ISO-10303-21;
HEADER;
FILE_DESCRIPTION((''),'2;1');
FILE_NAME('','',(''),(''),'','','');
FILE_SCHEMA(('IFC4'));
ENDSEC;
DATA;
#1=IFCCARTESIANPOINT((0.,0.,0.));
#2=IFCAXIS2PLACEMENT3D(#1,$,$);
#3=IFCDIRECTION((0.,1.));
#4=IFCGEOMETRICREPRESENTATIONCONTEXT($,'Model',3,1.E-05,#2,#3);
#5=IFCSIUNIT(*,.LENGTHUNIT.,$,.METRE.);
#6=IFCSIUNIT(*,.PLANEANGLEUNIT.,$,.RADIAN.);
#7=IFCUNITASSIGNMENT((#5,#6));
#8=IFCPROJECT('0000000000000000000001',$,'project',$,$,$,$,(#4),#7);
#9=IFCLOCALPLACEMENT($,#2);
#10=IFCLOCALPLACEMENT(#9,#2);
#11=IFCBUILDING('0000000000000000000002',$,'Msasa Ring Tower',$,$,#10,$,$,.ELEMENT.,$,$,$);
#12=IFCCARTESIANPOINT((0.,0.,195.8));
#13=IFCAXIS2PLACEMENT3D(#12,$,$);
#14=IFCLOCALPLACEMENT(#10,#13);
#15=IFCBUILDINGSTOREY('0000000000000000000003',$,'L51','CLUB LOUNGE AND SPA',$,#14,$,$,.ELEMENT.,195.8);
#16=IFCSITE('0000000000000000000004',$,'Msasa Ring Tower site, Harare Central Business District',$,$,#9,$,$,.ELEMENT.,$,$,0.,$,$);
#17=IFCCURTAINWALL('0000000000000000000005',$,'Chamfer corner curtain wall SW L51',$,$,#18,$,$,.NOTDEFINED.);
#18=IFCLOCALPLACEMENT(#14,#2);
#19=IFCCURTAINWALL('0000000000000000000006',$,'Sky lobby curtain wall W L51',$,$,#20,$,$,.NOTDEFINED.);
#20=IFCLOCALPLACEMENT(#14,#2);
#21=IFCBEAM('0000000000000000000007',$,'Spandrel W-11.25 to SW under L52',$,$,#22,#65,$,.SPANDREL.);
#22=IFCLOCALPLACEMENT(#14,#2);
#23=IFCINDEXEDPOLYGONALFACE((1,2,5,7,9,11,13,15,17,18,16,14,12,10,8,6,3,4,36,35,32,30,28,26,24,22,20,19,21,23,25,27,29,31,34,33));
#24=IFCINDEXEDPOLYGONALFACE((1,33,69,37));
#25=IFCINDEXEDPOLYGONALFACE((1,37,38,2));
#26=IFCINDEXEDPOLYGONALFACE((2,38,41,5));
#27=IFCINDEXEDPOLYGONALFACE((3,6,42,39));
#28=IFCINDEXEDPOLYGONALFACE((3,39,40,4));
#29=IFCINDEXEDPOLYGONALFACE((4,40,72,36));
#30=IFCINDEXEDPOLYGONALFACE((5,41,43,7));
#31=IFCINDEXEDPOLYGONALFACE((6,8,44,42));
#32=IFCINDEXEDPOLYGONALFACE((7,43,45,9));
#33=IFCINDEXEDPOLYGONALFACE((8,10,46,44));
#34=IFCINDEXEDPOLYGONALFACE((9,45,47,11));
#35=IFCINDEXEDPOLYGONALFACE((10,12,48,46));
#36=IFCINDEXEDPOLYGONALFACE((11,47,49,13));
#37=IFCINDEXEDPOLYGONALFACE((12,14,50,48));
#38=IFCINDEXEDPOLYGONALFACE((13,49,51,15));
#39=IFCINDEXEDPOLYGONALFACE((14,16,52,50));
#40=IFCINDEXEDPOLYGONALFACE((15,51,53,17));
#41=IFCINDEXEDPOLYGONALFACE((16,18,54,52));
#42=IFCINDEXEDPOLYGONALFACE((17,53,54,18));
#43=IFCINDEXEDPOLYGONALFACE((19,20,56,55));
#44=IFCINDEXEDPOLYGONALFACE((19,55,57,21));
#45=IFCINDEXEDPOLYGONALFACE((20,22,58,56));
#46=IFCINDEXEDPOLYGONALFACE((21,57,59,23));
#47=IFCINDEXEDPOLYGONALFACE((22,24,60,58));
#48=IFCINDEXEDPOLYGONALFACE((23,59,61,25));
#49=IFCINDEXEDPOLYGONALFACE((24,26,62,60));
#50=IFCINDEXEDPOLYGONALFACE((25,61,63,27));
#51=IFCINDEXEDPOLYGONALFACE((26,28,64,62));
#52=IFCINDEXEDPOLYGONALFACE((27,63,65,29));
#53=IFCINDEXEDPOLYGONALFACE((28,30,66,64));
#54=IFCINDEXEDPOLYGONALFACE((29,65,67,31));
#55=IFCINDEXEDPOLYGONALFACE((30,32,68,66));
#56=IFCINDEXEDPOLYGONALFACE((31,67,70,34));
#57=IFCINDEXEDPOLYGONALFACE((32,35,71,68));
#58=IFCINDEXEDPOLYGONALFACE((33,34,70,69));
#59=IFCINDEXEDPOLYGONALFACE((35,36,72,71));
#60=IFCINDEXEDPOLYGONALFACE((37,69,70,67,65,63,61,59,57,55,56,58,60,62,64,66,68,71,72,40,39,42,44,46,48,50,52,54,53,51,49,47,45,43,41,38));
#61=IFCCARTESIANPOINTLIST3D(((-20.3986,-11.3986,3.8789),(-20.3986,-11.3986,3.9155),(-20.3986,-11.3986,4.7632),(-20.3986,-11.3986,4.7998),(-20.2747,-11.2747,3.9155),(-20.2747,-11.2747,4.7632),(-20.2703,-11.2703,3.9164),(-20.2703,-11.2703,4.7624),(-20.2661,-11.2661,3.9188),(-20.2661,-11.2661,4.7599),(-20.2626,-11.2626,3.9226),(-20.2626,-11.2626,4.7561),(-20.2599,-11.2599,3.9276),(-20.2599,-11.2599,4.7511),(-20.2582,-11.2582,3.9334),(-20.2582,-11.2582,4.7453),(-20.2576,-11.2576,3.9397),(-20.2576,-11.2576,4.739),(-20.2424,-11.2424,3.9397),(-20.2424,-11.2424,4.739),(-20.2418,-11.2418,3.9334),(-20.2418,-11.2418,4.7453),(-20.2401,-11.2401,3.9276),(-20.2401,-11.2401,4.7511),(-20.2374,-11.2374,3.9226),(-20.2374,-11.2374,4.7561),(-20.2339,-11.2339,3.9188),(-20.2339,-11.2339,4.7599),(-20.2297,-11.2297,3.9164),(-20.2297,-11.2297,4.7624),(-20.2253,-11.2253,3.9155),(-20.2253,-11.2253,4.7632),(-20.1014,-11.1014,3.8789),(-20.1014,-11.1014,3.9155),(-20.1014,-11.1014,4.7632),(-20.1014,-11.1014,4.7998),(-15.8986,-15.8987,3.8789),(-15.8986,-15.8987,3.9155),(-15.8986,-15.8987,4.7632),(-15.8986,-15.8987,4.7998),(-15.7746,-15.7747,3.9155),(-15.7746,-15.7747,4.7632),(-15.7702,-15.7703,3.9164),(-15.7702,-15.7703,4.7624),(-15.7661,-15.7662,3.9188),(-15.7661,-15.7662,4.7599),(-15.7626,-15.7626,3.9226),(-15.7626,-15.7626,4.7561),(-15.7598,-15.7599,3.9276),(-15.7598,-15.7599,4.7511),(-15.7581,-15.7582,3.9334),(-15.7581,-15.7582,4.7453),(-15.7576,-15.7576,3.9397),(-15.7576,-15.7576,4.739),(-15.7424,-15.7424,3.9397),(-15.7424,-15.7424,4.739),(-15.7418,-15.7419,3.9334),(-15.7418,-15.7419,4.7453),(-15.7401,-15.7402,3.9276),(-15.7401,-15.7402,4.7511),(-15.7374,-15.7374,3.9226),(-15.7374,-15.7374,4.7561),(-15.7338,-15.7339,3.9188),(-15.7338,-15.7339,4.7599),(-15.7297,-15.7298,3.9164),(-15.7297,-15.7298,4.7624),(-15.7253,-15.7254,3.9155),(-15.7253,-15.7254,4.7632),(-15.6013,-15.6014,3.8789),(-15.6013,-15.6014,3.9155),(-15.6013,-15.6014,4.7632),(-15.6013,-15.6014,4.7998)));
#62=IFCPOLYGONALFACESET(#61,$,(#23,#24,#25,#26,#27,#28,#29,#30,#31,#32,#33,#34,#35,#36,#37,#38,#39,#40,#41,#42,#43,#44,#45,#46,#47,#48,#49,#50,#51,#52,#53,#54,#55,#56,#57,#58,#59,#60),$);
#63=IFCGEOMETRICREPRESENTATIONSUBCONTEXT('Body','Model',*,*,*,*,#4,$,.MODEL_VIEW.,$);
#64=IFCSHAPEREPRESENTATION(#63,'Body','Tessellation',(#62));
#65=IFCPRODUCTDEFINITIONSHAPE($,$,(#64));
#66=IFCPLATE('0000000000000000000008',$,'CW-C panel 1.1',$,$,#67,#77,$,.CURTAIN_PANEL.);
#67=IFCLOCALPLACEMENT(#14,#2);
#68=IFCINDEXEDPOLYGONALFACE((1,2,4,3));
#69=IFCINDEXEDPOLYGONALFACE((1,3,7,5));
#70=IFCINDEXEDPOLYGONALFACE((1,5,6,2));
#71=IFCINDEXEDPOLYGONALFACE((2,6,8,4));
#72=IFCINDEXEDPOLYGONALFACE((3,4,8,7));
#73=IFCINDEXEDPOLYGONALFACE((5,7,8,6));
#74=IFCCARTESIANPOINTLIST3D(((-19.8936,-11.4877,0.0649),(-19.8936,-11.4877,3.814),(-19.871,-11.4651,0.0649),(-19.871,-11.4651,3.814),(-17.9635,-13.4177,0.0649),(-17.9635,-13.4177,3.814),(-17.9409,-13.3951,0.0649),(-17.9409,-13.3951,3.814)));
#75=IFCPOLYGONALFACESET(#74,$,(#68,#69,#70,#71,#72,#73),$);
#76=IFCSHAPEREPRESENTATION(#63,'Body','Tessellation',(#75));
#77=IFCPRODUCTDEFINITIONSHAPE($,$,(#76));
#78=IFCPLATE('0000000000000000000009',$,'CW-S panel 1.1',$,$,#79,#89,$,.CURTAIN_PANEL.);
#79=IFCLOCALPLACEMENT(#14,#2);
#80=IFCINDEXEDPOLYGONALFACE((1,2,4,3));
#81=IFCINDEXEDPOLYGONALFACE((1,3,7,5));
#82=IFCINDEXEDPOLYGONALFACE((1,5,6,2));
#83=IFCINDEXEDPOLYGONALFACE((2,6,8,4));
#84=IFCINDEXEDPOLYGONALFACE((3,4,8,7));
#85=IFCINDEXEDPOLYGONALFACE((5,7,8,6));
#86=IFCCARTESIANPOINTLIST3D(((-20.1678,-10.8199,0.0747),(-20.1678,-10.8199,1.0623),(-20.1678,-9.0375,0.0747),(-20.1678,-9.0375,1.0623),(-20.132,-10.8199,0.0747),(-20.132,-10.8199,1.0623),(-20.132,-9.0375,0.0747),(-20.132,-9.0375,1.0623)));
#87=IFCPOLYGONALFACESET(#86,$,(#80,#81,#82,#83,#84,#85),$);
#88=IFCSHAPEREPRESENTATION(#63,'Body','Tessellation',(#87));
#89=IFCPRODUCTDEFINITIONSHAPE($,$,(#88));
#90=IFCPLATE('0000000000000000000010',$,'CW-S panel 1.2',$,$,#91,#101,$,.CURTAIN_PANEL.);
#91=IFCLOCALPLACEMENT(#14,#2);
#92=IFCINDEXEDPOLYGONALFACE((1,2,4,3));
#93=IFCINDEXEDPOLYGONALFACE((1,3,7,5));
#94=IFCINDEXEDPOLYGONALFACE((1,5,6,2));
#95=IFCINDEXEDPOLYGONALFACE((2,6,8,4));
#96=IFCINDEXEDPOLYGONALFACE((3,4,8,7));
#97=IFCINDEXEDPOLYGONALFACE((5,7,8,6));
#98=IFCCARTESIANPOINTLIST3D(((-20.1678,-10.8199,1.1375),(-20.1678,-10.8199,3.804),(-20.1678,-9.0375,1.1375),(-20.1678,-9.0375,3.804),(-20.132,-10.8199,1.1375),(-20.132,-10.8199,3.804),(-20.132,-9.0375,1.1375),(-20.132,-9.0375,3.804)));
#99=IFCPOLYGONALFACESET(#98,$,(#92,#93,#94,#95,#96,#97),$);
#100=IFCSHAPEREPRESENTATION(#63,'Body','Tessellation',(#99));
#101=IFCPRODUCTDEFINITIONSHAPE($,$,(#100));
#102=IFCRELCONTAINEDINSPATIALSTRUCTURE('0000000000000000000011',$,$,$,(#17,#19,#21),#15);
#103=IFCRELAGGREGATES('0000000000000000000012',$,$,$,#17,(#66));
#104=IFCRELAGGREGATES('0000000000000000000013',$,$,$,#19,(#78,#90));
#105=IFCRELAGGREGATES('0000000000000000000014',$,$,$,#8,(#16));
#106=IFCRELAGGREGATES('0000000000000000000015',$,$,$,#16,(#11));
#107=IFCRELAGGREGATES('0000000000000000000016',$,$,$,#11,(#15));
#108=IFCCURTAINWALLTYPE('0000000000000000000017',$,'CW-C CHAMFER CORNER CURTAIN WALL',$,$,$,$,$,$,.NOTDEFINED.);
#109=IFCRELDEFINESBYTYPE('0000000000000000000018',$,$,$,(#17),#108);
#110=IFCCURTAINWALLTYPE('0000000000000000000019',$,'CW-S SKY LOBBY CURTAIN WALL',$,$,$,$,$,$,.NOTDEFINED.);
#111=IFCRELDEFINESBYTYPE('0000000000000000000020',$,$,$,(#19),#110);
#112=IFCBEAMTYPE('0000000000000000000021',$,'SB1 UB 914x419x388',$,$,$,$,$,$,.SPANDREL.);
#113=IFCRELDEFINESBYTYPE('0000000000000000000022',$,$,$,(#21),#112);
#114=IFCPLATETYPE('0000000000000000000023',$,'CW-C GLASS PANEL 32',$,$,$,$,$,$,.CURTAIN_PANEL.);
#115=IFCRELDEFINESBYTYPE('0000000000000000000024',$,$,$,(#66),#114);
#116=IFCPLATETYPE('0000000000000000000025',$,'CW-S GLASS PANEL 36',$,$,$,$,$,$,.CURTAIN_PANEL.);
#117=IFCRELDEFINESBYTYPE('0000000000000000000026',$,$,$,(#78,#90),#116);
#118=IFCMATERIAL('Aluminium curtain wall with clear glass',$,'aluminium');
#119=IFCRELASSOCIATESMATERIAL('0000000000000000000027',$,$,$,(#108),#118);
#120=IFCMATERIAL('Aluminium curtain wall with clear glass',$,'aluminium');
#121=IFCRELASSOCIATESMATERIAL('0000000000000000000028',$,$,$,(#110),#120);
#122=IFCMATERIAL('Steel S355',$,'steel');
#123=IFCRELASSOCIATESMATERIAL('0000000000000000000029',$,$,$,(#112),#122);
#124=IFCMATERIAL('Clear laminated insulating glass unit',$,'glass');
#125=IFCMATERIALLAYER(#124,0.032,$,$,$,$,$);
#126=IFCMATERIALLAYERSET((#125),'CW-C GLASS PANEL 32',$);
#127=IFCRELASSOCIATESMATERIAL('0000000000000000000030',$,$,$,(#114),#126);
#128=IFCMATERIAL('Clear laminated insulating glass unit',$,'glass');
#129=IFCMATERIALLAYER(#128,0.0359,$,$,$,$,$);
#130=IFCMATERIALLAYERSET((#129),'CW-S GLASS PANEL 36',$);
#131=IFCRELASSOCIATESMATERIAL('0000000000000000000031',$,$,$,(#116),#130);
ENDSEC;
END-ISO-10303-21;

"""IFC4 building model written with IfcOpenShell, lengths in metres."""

from ifc_helpers import new_model, si_unit, direction, frame, origin, origin_2d, place, context, subcontext, project, spatial, rectangle, i_section, extrude, material, layer, layer_set, material_profile, profile_set, type_object, element, aggregate, save


model = new_model("IFC4")

# Units and contexts
model_context = context("Model", 3, precision=1e-05, world=origin(), true_north=direction((0.0, 1.0)))
body_context = subcontext(model_context, "Body", "Model", "MODEL_VIEW")
ifc_project = project(units=[si_unit("LENGTHUNIT", "METRE"), si_unit("PLANEANGLEUNIT", "RADIAN")], contexts=[model_context])

# Site, building, storey
site_placement = place(None, origin())
site = spatial("IfcSite", under=ifc_project, at=site_placement, Name="Msasa Ring Tower site, Harare Central Business District", CompositionType="ELEMENT", RefElevation=0.0)
building_placement = place(site_placement, origin())
building = spatial("IfcBuilding", under=site, at=building_placement, Name="Msasa Ring Tower", CompositionType="ELEMENT")
storey_placement = place(building_placement, frame((0.0, 0.0, 195.8)))
storey = spatial("IfcBuildingStorey", under=building, at=storey_placement, Name="L51", Description="CLUB LOUNGE AND SPA", CompositionType="ELEMENT", Elevation=195.8)

# Curtain walls
ifc_material_1 = material(Name="Aluminium curtain wall with clear glass", Category="aluminium")
curtain_wall_type_1 = type_object("IfcCurtainWallType", Name="CW-C CHAMFER CORNER CURTAIN WALL", PredefinedType="NOTDEFINED", material=ifc_material_1)
curtain_wall_1_placement = place(storey_placement, origin())
curtain_wall_1 = element("IfcCurtainWall", 1, at=curtain_wall_1_placement, inside=storey, type_object=curtain_wall_type_1, Name="Chamfer corner curtain wall SW L51", PredefinedType="NOTDEFINED")
ifc_material_2 = material(Name="Aluminium curtain wall with clear glass", Category="aluminium")
curtain_wall_type_2 = type_object("IfcCurtainWallType", Name="CW-S SKY LOBBY CURTAIN WALL", PredefinedType="NOTDEFINED", material=ifc_material_2)
curtain_wall_2_placement = place(storey_placement, origin())
curtain_wall_2 = element("IfcCurtainWall", 2, at=curtain_wall_2_placement, inside=storey, type_object=curtain_wall_type_2, Name="Sky lobby curtain wall W L51", PredefinedType="NOTDEFINED")

# Beam
ifc_material_3 = material(Name="Steel S355", Category="steel")
ifc_material_profile_1 = material_profile(ifc_material_3, i_section(OverallWidth=0.4204, OverallDepth=0.9209, WebThickness=0.0215, FlangeThickness=0.0366, FilletRadius=0.0242, at=origin_2d()), Name="UB 914x419x388")
ifc_profile_set_1 = profile_set([ifc_material_profile_1], Name="Steel S355")
beam_type = type_object("IfcBeamType", Name="SB1 UB 914x419x388", PredefinedType="SPANDREL", material=ifc_profile_set_1)
beam_placement = place(storey_placement, frame((-20.25, -11.25, 4.3394), z_axis=(0.707107, -0.707107, 0.0), x_axis=(0.707107, 0.707107, 0.0)))
element("IfcBeam", 3, at=beam_placement, inside=storey, type_object=beam_type, Name="Spandrel W-11.25 to SW under L52", PredefinedType="SPANDREL", context=body_context, shape_type="SweptSolid", body=[
    extrude(i_section(OverallWidth=0.4204, OverallDepth=0.9209, WebThickness=0.0215, FlangeThickness=0.0366, FilletRadius=0.0242, at=origin_2d()), origin(), (0.0, 0.0, 1.0), 6.364),
])

# Plates
ifc_material_4 = material(Name="Clear laminated insulating glass unit", Category="glass")
ifc_layer_1 = layer(ifc_material_4, 0.032)
ifc_layer_set_1 = layer_set([ifc_layer_1], Name="CW-C GLASS PANEL 32")
plate_type_1 = type_object("IfcPlateType", Name="CW-C GLASS PANEL 32", PredefinedType="CURTAIN_PANEL", material=ifc_layer_set_1)
plate_1_placement = place(storey_placement, frame((-18.9172, -12.4414, 0.0649), z_axis=(0.0, 0.0, 1.0), x_axis=(0.707107, -0.707107, 0.0)))
plate_1 = element("IfcPlate", 4, at=plate_1_placement, type_object=plate_type_1, Name="CW-C panel 1.1", PredefinedType="CURTAIN_PANEL", context=body_context, shape_type="SweptSolid", body=[
    extrude(rectangle(XDim=2.7295, YDim=0.032, at=origin_2d()), origin(), (0.0, 0.0, 1.0), 3.749),
])
aggregate(curtain_wall_1, [plate_1])
ifc_material_5 = material(Name="Clear laminated insulating glass unit", Category="glass")
ifc_layer_2 = layer(ifc_material_5, 0.0359)
ifc_layer_set_2 = layer_set([ifc_layer_2], Name="CW-S GLASS PANEL 36")
plate_type_2 = type_object("IfcPlateType", Name="CW-S GLASS PANEL 36", PredefinedType="CURTAIN_PANEL", material=ifc_layer_set_2)
plate_2_placement = place(storey_placement, frame((-20.1499, -9.9287, 0.0747), z_axis=(0.0, 0.0, 1.0), x_axis=(0.0, 1.0, 0.0)))
plate_2 = element("IfcPlate", 5, at=plate_2_placement, type_object=plate_type_2, Name="CW-S panel 1.1", PredefinedType="CURTAIN_PANEL", context=body_context, shape_type="SweptSolid", body=[
    extrude(rectangle(XDim=1.7825, YDim=0.0359, at=origin_2d()), origin(), (0.0, 0.0, 1.0), 0.9875),
])
plate_3_placement = place(storey_placement, frame((-20.1499, -9.9287, 1.1375), z_axis=(0.0, 0.0, 1.0), x_axis=(0.0, 1.0, 0.0)))
plate_3 = element("IfcPlate", 6, at=plate_3_placement, type_object=plate_type_2, Name="CW-S panel 1.2", PredefinedType="CURTAIN_PANEL", context=body_context, shape_type="SweptSolid", body=[
    extrude(rectangle(XDim=1.7825, YDim=0.0359, at=origin_2d()), origin(), (0.0, 0.0, 1.0), 2.6665),
])
aggregate(curtain_wall_2, [plate_2, plate_3])

save(model, "model.ifc")
